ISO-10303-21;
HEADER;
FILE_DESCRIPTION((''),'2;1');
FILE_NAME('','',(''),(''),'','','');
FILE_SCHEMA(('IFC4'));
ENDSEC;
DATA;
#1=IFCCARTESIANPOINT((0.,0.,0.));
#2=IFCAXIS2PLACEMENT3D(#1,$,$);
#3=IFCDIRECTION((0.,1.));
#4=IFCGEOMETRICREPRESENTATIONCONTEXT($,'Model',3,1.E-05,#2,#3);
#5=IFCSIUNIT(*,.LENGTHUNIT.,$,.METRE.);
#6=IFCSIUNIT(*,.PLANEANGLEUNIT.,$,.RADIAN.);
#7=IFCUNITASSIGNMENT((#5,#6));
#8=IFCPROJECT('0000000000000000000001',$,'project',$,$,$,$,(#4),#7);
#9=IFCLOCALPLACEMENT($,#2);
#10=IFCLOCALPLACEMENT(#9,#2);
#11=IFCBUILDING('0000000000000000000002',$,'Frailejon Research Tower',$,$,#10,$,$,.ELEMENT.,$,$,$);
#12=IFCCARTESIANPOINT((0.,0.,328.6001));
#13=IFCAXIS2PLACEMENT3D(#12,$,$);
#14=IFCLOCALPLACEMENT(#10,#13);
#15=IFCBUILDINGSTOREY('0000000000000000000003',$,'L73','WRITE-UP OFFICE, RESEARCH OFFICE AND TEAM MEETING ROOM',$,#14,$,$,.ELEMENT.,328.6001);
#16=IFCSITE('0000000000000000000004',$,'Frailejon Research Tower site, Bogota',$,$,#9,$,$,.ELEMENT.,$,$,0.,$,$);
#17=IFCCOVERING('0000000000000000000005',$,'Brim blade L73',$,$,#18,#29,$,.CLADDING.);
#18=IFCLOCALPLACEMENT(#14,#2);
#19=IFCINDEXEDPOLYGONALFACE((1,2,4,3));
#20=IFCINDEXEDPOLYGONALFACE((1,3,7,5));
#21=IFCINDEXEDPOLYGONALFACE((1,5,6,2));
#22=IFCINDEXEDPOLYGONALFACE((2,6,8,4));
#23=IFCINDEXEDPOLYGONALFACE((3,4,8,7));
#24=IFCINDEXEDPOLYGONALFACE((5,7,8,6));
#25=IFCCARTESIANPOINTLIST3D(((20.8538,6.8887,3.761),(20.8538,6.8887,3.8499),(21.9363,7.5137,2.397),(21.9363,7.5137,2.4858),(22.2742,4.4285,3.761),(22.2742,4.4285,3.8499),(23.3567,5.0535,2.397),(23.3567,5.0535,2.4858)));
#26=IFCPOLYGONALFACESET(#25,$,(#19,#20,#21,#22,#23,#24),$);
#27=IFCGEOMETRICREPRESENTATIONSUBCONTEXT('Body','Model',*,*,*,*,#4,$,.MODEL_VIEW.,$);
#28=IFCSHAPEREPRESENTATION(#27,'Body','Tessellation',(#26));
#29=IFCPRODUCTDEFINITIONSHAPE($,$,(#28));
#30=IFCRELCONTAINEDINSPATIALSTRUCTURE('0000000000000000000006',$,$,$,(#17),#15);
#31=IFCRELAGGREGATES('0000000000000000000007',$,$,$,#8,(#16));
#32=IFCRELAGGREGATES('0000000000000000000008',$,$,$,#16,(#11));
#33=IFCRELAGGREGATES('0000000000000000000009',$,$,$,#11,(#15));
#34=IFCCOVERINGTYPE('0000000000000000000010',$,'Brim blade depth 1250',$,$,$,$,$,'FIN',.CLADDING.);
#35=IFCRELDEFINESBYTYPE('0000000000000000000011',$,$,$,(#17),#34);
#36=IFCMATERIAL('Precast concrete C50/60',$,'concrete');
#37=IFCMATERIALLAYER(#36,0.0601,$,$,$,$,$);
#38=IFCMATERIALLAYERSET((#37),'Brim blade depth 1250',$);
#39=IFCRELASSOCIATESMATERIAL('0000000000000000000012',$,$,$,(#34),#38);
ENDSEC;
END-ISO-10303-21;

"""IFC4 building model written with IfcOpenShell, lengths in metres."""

from ifc_helpers import new_model, si_unit, direction, frame, origin, place, context, subcontext, project, spatial, polyline, outline, extrude, material, layer, layer_set, type_object, element, save


model = new_model("IFC4")

# Units and contexts
model_context = context("Model", 3, precision=1e-05, world=origin(), true_north=direction((0.0, 1.0)))
body_context = subcontext(model_context, "Body", "Model", "MODEL_VIEW")
ifc_project = project(units=[si_unit("LENGTHUNIT", "METRE"), si_unit("PLANEANGLEUNIT", "RADIAN")], contexts=[model_context])

# Site, building, storey
site_placement = place(None, origin())
site = spatial("IfcSite", under=ifc_project, at=site_placement, Name="Frailejon Research Tower site, Bogota", CompositionType="ELEMENT", RefElevation=0.0)
building_placement = place(site_placement, origin())
building = spatial("IfcBuilding", under=site, at=building_placement, Name="Frailejon Research Tower", CompositionType="ELEMENT")
storey_placement = place(building_placement, frame((0.0, 0.0, 328.6001)))
storey = spatial("IfcBuildingStorey", under=building, at=storey_placement, Name="L73", Description="WRITE-UP OFFICE, RESEARCH OFFICE AND TEAM MEETING ROOM", CompositionType="ELEMENT", Elevation=328.6001)

# Covering
ifc_material_1 = material(Name="Precast concrete C50/60", Category="concrete")
ifc_layer_1 = layer(ifc_material_1, 0.0601)
ifc_layer_set_1 = layer_set([ifc_layer_1], Name="Brim blade depth 1250")
covering_type = type_object("IfcCoveringType", Name="Brim blade depth 1250", ElementType="FIN", PredefinedType="CLADDING", material=ifc_layer_set_1)
covering_1_placement = place(storey_placement, frame((20.8538, 6.8887, 3.8499), z_axis=(0.500016, -0.866016, 0.0), x_axis=(0.866016, 0.500016, 0.0)))
element("IfcCovering", 1, at=covering_1_placement, inside=storey, type_object=covering_type, Name="Brim blade L73", PredefinedType="CLADDING", context=body_context, shape_type="SweptSolid", body=[
    extrude(outline(polyline([(0.0, -0.0889), (1.25, -1.4529), (1.25, -1.364), (0.0, 0.0), (0.0, -0.0889)])), origin(), (0.0, 0.0, 1.0), 2.8408),
])

save(model, "model.ifc")
